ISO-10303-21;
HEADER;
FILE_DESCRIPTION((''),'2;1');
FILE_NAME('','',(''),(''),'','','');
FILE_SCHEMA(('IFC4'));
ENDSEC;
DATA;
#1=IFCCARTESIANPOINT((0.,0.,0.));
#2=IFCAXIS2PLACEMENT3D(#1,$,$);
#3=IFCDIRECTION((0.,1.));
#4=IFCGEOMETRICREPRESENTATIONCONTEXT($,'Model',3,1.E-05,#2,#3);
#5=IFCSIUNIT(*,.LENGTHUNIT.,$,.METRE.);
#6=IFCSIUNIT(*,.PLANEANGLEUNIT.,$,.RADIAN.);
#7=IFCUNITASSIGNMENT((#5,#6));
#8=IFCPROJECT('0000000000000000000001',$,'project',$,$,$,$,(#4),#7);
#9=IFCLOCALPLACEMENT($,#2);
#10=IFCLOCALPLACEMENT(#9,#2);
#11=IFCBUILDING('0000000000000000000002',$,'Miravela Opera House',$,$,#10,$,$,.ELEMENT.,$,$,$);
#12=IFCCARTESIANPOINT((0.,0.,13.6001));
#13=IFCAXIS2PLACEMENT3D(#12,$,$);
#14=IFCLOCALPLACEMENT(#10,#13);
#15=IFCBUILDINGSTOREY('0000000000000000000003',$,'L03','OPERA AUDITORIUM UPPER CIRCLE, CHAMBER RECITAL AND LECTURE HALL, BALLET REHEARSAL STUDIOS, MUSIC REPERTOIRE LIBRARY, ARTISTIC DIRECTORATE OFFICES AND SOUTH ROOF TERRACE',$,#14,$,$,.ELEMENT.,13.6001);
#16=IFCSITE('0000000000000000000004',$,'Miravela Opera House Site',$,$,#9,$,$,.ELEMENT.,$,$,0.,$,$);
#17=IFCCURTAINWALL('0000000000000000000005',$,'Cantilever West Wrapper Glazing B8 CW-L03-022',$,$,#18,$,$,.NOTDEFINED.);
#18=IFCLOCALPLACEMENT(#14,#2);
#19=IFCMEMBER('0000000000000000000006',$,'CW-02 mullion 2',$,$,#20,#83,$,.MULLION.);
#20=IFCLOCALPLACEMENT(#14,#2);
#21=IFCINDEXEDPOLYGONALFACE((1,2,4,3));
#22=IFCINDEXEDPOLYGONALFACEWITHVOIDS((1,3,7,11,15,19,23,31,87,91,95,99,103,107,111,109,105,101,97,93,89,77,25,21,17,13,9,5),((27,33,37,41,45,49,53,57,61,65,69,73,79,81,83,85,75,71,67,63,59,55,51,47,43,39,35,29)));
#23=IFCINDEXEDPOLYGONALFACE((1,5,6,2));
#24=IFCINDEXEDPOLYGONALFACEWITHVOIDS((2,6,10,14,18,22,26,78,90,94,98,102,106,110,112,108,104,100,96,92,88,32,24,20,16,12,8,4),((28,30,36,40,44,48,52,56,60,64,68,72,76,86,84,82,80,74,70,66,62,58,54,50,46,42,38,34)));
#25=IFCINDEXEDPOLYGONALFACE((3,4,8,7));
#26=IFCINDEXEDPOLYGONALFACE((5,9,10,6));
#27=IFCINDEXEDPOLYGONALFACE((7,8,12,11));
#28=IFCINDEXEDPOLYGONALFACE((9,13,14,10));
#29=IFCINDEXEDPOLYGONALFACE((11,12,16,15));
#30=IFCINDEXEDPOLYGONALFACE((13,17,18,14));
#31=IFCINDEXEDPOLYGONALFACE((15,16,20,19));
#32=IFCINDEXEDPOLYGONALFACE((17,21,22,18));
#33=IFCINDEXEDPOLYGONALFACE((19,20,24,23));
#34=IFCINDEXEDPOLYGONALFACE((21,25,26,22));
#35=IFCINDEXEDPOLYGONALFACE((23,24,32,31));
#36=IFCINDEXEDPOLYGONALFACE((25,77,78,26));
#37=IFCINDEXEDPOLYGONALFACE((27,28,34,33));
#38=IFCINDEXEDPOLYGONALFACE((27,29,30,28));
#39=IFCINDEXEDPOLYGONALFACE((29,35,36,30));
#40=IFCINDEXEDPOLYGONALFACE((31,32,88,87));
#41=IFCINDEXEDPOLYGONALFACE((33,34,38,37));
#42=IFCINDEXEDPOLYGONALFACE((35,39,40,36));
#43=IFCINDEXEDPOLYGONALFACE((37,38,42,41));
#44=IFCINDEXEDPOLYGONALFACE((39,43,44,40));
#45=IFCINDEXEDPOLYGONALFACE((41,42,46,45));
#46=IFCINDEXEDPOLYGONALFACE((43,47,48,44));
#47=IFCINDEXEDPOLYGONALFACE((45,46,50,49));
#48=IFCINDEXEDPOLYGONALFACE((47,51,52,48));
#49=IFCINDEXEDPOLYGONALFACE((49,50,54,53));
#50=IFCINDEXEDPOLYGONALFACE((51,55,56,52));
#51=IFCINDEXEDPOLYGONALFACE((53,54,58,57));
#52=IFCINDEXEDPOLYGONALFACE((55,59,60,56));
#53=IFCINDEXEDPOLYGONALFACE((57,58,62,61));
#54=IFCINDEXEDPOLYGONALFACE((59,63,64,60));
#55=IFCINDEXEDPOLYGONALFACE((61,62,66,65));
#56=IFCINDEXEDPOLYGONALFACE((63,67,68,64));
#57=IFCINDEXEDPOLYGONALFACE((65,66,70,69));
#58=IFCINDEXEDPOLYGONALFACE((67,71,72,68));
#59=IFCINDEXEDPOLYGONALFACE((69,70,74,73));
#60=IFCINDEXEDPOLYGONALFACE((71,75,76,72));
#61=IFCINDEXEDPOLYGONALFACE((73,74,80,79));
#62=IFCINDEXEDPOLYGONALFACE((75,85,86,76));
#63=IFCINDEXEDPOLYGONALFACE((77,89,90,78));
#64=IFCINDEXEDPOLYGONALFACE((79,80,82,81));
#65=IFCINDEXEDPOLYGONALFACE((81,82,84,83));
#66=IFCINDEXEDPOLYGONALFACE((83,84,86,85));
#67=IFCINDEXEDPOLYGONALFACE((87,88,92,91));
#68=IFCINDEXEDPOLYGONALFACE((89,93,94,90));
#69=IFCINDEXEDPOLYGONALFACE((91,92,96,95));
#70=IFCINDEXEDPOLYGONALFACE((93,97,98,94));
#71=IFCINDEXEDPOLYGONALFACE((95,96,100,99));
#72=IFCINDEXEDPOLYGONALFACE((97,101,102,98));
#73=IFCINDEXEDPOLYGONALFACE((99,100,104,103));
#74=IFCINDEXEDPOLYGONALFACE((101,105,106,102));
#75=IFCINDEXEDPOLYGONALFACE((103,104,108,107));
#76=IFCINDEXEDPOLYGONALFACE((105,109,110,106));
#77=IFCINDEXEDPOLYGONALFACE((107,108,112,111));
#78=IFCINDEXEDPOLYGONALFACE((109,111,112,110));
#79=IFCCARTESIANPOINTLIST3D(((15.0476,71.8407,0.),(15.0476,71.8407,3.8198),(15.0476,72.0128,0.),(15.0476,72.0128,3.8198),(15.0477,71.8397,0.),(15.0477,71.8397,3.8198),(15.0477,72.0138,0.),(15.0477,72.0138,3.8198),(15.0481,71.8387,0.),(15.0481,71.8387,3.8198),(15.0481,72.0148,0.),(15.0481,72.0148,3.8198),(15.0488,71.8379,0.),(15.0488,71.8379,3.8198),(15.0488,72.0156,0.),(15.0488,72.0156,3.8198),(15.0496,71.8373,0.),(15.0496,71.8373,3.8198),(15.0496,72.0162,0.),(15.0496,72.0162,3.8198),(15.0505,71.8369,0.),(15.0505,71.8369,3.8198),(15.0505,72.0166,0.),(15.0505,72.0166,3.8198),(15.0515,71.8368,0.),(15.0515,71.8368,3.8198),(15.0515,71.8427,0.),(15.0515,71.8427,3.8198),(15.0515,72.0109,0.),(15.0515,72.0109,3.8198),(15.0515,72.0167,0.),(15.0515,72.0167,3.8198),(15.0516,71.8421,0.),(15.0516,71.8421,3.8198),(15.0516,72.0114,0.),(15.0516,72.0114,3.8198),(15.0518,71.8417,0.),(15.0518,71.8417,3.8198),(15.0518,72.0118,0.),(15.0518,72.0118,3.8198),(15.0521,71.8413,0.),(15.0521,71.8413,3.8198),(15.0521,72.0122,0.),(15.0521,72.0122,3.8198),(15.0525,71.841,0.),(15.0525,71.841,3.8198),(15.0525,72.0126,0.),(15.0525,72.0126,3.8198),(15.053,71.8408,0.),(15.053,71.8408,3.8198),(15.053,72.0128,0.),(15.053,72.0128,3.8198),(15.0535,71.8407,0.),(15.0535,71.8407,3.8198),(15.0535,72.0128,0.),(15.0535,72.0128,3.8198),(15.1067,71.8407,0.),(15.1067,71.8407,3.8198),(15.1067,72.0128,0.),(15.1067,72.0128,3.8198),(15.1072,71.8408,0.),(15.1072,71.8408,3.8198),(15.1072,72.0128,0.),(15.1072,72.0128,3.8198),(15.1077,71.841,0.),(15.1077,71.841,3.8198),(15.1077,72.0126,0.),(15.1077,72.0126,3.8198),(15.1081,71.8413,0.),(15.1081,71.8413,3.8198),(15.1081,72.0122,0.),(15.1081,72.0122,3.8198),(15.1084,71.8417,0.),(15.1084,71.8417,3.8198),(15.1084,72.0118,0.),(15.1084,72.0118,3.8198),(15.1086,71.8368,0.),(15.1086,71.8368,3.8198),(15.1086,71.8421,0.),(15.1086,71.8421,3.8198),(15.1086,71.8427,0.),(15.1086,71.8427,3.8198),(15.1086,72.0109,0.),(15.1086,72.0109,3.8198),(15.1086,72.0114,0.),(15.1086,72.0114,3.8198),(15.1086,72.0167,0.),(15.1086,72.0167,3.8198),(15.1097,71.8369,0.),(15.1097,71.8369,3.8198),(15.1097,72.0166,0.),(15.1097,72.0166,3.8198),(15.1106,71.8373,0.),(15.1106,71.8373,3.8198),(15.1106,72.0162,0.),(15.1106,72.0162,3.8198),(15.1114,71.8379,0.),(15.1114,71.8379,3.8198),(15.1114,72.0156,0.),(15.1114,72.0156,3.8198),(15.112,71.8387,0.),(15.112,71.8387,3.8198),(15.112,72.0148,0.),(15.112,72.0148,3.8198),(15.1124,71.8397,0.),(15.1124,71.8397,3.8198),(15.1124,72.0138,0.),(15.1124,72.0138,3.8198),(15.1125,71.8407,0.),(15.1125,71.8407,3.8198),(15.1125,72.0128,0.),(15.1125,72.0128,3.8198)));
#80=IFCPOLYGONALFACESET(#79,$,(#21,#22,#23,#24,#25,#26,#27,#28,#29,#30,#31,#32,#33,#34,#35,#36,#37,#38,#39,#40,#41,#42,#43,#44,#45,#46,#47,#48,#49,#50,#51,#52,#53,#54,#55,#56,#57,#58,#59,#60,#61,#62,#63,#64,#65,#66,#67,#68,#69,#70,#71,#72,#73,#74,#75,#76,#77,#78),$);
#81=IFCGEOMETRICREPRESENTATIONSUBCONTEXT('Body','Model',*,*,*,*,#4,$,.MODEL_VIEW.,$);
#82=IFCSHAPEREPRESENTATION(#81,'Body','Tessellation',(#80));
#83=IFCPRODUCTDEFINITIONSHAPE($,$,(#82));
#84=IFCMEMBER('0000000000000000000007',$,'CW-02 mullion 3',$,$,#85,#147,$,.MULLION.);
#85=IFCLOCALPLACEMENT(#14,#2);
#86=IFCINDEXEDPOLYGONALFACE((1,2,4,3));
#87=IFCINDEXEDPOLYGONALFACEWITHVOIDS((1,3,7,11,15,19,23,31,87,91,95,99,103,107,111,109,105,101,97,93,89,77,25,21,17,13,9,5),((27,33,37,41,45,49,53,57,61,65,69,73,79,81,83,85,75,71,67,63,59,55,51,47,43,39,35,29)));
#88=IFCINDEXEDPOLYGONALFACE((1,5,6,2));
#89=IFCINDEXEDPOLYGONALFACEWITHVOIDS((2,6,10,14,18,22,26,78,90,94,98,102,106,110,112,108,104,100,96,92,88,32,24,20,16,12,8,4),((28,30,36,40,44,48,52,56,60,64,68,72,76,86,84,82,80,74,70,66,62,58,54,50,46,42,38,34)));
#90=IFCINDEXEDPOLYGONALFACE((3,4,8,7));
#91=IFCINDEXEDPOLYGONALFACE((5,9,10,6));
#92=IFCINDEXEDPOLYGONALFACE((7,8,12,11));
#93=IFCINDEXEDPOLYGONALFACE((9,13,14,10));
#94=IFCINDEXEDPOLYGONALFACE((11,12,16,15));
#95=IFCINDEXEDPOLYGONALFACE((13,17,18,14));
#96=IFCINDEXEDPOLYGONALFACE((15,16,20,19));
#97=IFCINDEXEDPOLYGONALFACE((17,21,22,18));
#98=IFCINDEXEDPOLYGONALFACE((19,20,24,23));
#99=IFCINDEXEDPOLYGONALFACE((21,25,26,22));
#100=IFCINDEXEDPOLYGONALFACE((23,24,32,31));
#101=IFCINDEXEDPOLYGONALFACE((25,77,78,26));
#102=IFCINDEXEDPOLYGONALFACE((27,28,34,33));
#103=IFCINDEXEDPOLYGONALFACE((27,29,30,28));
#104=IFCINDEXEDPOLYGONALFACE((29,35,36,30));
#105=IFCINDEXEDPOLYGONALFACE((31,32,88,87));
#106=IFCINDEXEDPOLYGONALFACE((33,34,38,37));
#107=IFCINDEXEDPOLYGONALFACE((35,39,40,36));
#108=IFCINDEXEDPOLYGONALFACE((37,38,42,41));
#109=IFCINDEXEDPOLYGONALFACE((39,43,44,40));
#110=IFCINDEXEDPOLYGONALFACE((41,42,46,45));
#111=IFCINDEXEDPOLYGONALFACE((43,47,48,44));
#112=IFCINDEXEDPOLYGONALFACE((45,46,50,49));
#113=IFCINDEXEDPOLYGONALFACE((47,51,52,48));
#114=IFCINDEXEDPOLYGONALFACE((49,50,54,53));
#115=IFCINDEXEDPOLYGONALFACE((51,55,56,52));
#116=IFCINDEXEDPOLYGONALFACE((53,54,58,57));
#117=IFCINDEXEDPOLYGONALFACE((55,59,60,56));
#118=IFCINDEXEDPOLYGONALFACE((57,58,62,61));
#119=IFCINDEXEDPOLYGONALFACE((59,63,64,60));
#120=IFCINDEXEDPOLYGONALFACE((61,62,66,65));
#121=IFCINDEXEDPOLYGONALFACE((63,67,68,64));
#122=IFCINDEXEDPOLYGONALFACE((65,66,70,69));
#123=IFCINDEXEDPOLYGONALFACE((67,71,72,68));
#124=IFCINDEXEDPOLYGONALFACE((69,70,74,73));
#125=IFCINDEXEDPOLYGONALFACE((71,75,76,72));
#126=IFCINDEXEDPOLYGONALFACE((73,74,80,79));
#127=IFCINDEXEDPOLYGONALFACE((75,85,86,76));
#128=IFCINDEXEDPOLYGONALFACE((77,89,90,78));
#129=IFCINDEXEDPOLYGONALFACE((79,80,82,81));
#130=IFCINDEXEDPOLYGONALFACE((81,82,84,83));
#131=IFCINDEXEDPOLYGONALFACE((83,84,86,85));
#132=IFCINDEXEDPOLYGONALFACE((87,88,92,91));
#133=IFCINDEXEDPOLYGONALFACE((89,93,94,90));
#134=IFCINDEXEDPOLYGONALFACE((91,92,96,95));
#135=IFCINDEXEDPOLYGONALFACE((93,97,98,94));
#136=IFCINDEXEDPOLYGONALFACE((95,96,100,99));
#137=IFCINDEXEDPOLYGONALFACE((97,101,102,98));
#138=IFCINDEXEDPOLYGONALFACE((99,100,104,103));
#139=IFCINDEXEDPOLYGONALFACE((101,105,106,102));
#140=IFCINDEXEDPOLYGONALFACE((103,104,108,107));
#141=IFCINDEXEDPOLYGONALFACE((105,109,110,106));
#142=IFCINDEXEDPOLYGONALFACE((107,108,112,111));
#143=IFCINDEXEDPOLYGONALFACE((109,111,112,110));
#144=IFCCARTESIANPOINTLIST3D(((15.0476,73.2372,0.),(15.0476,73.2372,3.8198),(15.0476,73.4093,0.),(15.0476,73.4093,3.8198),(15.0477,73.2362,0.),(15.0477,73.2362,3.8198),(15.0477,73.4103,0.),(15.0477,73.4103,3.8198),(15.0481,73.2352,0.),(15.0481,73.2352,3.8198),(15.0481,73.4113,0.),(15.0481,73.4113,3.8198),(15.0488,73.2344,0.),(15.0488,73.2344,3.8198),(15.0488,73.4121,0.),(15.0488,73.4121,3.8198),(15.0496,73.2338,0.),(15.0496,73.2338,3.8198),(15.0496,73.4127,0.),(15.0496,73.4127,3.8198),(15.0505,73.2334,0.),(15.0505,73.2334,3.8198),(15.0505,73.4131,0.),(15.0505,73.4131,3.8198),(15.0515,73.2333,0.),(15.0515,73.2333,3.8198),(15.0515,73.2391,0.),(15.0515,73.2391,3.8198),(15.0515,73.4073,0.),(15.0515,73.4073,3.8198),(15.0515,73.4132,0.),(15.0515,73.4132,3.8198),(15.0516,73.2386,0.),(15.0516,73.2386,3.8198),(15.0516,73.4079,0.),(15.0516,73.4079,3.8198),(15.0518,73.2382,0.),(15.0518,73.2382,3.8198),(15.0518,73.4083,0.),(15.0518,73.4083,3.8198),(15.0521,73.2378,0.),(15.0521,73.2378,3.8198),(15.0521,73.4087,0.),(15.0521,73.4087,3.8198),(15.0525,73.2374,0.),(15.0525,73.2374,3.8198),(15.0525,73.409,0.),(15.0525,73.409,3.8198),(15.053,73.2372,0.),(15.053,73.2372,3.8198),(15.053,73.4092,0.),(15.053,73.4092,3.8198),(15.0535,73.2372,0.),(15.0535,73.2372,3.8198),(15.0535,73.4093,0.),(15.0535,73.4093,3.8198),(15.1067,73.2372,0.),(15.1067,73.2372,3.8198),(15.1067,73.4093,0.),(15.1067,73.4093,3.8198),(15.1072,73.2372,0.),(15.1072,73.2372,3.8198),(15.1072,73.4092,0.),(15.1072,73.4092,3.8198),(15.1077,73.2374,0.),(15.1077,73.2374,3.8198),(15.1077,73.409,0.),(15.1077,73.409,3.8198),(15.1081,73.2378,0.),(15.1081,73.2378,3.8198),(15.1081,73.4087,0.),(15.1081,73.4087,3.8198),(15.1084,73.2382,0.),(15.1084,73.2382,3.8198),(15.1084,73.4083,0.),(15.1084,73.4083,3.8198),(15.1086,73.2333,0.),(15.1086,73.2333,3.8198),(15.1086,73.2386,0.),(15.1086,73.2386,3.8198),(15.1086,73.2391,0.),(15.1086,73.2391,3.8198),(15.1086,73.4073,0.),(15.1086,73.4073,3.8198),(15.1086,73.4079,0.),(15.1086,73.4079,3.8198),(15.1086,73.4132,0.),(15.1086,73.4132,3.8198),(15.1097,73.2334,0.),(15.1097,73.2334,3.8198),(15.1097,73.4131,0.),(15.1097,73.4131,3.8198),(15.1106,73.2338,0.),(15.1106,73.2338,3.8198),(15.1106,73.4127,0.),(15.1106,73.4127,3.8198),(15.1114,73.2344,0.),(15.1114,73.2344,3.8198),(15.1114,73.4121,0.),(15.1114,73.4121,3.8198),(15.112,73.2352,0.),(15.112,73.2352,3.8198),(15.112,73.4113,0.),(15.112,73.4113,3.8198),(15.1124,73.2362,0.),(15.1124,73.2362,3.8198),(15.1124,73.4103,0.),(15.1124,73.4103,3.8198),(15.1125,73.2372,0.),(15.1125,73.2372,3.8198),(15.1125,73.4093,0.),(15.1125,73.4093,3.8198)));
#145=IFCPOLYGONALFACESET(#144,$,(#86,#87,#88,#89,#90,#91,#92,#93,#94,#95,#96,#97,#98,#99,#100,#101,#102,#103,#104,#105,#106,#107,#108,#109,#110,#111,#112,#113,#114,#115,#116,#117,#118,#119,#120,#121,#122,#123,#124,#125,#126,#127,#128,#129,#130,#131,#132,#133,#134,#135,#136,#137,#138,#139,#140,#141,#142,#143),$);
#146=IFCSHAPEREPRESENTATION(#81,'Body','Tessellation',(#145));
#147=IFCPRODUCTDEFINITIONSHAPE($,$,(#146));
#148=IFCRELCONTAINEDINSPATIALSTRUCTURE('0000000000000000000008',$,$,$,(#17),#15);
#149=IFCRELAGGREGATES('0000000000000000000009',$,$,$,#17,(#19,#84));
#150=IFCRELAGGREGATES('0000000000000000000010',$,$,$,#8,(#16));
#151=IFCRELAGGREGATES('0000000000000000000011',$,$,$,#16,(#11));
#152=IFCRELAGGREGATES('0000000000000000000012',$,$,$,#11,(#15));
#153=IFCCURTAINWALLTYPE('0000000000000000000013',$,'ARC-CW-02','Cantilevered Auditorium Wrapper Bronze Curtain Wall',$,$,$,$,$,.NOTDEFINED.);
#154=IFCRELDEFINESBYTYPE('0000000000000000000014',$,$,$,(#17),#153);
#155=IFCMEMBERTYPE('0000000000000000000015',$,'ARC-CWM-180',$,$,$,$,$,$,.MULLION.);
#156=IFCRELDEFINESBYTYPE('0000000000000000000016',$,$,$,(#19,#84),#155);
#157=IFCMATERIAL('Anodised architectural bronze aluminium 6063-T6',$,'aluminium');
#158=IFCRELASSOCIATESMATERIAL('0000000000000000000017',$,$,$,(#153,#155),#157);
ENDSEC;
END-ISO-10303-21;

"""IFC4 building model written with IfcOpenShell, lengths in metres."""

from ifc_helpers import new_model, si_unit, direction, frame, origin, origin_2d, place, context, subcontext, project, spatial, hollow_rectangle, extrude, material, material_profile, profile_set, type_object, element, aggregate, save


model = new_model("IFC4")

# Units and contexts
model_context = context("Model", 3, precision=1e-05, world=origin(), true_north=direction((0.0, 1.0)))
body_context = subcontext(model_context, "Body", "Model", "MODEL_VIEW")
ifc_project = project(units=[si_unit("LENGTHUNIT", "METRE"), si_unit("PLANEANGLEUNIT", "RADIAN")], contexts=[model_context])

# Site, building, storey
site_placement = place(None, origin())
site = spatial("IfcSite", under=ifc_project, at=site_placement, Name="Miravela Opera House Site", CompositionType="ELEMENT", RefElevation=0.0)
building_placement = place(site_placement, origin())
building = spatial("IfcBuilding", under=site, at=building_placement, Name="Miravela Opera House", CompositionType="ELEMENT")
storey_placement = place(building_placement, frame((0.0, 0.0, 13.6001)))
storey = spatial("IfcBuildingStorey", under=building, at=storey_placement, Name="L03", Description="OPERA AUDITORIUM UPPER CIRCLE, CHAMBER RECITAL AND LECTURE HALL, BALLET REHEARSAL STUDIOS, MUSIC REPERTOIRE LIBRARY, ARTISTIC DIRECTORATE OFFICES AND SOUTH ROOF TERRACE", CompositionType="ELEMENT", Elevation=13.6001)

# Curtain wall, members
ifc_material_1 = material(Name="Anodised architectural bronze aluminium 6063-T6", Category="aluminium")
curtain_wall_type = type_object("IfcCurtainWallType", Name="ARC-CW-02", Description="Cantilevered Auditorium Wrapper Bronze Curtain Wall", PredefinedType="NOTDEFINED", material=ifc_material_1)
curtain_wall_1_placement = place(storey_placement, origin())
curtain_wall_1 = element("IfcCurtainWall", 1, at=curtain_wall_1_placement, inside=storey, type_object=curtain_wall_type, Name="Cantilever West Wrapper Glazing B8 CW-L03-022", PredefinedType="NOTDEFINED")
ifc_material_profile_1 = material_profile(ifc_material_1, hollow_rectangle(XDim=0.0649, YDim=0.1799, WallThickness=0.0039, InnerFilletRadius=0.002, OuterFilletRadius=0.0039, at=origin_2d()), Name="CWM-65X180")
ifc_profile_set_1 = profile_set([ifc_material_profile_1])
member_type_1 = type_object("IfcMemberType", Name="ARC-CWM-180", PredefinedType="MULLION", material=ifc_profile_set_1)
member_1_placement = place(storey_placement, frame((15.0801, 71.9268, 0.0), z_axis=(0.0, 0.0, 1.0), x_axis=(-1.0, 0.0, 0.0)))
member_1 = element("IfcMember", 2, at=member_1_placement, type_object=member_type_1, Name="CW-02 mullion 2", PredefinedType="MULLION", context=body_context, shape_type="SweptSolid", body=[
    extrude(hollow_rectangle(XDim=0.0649, YDim=0.1799, WallThickness=0.0039, InnerFilletRadius=0.002, OuterFilletRadius=0.0039, at=origin_2d()), origin(), (0.0, 0.0, 1.0), 3.8198),
])
member_2_placement = place(storey_placement, frame((15.0801, 73.3232, 0.0), z_axis=(0.0, 0.0, 1.0), x_axis=(-1.0, 0.0, 0.0)))
member_2 = element("IfcMember", 3, at=member_2_placement, type_object=member_type_1, Name="CW-02 mullion 3", PredefinedType="MULLION", context=body_context, shape_type="SweptSolid", body=[
    extrude(hollow_rectangle(XDim=0.0649, YDim=0.1799, WallThickness=0.0039, InnerFilletRadius=0.002, OuterFilletRadius=0.0039, at=origin_2d()), origin(), (0.0, 0.0, 1.0), 3.8198),
])

aggregate(curtain_wall_1, [member_1, member_2])

save(model, "model.ifc")
